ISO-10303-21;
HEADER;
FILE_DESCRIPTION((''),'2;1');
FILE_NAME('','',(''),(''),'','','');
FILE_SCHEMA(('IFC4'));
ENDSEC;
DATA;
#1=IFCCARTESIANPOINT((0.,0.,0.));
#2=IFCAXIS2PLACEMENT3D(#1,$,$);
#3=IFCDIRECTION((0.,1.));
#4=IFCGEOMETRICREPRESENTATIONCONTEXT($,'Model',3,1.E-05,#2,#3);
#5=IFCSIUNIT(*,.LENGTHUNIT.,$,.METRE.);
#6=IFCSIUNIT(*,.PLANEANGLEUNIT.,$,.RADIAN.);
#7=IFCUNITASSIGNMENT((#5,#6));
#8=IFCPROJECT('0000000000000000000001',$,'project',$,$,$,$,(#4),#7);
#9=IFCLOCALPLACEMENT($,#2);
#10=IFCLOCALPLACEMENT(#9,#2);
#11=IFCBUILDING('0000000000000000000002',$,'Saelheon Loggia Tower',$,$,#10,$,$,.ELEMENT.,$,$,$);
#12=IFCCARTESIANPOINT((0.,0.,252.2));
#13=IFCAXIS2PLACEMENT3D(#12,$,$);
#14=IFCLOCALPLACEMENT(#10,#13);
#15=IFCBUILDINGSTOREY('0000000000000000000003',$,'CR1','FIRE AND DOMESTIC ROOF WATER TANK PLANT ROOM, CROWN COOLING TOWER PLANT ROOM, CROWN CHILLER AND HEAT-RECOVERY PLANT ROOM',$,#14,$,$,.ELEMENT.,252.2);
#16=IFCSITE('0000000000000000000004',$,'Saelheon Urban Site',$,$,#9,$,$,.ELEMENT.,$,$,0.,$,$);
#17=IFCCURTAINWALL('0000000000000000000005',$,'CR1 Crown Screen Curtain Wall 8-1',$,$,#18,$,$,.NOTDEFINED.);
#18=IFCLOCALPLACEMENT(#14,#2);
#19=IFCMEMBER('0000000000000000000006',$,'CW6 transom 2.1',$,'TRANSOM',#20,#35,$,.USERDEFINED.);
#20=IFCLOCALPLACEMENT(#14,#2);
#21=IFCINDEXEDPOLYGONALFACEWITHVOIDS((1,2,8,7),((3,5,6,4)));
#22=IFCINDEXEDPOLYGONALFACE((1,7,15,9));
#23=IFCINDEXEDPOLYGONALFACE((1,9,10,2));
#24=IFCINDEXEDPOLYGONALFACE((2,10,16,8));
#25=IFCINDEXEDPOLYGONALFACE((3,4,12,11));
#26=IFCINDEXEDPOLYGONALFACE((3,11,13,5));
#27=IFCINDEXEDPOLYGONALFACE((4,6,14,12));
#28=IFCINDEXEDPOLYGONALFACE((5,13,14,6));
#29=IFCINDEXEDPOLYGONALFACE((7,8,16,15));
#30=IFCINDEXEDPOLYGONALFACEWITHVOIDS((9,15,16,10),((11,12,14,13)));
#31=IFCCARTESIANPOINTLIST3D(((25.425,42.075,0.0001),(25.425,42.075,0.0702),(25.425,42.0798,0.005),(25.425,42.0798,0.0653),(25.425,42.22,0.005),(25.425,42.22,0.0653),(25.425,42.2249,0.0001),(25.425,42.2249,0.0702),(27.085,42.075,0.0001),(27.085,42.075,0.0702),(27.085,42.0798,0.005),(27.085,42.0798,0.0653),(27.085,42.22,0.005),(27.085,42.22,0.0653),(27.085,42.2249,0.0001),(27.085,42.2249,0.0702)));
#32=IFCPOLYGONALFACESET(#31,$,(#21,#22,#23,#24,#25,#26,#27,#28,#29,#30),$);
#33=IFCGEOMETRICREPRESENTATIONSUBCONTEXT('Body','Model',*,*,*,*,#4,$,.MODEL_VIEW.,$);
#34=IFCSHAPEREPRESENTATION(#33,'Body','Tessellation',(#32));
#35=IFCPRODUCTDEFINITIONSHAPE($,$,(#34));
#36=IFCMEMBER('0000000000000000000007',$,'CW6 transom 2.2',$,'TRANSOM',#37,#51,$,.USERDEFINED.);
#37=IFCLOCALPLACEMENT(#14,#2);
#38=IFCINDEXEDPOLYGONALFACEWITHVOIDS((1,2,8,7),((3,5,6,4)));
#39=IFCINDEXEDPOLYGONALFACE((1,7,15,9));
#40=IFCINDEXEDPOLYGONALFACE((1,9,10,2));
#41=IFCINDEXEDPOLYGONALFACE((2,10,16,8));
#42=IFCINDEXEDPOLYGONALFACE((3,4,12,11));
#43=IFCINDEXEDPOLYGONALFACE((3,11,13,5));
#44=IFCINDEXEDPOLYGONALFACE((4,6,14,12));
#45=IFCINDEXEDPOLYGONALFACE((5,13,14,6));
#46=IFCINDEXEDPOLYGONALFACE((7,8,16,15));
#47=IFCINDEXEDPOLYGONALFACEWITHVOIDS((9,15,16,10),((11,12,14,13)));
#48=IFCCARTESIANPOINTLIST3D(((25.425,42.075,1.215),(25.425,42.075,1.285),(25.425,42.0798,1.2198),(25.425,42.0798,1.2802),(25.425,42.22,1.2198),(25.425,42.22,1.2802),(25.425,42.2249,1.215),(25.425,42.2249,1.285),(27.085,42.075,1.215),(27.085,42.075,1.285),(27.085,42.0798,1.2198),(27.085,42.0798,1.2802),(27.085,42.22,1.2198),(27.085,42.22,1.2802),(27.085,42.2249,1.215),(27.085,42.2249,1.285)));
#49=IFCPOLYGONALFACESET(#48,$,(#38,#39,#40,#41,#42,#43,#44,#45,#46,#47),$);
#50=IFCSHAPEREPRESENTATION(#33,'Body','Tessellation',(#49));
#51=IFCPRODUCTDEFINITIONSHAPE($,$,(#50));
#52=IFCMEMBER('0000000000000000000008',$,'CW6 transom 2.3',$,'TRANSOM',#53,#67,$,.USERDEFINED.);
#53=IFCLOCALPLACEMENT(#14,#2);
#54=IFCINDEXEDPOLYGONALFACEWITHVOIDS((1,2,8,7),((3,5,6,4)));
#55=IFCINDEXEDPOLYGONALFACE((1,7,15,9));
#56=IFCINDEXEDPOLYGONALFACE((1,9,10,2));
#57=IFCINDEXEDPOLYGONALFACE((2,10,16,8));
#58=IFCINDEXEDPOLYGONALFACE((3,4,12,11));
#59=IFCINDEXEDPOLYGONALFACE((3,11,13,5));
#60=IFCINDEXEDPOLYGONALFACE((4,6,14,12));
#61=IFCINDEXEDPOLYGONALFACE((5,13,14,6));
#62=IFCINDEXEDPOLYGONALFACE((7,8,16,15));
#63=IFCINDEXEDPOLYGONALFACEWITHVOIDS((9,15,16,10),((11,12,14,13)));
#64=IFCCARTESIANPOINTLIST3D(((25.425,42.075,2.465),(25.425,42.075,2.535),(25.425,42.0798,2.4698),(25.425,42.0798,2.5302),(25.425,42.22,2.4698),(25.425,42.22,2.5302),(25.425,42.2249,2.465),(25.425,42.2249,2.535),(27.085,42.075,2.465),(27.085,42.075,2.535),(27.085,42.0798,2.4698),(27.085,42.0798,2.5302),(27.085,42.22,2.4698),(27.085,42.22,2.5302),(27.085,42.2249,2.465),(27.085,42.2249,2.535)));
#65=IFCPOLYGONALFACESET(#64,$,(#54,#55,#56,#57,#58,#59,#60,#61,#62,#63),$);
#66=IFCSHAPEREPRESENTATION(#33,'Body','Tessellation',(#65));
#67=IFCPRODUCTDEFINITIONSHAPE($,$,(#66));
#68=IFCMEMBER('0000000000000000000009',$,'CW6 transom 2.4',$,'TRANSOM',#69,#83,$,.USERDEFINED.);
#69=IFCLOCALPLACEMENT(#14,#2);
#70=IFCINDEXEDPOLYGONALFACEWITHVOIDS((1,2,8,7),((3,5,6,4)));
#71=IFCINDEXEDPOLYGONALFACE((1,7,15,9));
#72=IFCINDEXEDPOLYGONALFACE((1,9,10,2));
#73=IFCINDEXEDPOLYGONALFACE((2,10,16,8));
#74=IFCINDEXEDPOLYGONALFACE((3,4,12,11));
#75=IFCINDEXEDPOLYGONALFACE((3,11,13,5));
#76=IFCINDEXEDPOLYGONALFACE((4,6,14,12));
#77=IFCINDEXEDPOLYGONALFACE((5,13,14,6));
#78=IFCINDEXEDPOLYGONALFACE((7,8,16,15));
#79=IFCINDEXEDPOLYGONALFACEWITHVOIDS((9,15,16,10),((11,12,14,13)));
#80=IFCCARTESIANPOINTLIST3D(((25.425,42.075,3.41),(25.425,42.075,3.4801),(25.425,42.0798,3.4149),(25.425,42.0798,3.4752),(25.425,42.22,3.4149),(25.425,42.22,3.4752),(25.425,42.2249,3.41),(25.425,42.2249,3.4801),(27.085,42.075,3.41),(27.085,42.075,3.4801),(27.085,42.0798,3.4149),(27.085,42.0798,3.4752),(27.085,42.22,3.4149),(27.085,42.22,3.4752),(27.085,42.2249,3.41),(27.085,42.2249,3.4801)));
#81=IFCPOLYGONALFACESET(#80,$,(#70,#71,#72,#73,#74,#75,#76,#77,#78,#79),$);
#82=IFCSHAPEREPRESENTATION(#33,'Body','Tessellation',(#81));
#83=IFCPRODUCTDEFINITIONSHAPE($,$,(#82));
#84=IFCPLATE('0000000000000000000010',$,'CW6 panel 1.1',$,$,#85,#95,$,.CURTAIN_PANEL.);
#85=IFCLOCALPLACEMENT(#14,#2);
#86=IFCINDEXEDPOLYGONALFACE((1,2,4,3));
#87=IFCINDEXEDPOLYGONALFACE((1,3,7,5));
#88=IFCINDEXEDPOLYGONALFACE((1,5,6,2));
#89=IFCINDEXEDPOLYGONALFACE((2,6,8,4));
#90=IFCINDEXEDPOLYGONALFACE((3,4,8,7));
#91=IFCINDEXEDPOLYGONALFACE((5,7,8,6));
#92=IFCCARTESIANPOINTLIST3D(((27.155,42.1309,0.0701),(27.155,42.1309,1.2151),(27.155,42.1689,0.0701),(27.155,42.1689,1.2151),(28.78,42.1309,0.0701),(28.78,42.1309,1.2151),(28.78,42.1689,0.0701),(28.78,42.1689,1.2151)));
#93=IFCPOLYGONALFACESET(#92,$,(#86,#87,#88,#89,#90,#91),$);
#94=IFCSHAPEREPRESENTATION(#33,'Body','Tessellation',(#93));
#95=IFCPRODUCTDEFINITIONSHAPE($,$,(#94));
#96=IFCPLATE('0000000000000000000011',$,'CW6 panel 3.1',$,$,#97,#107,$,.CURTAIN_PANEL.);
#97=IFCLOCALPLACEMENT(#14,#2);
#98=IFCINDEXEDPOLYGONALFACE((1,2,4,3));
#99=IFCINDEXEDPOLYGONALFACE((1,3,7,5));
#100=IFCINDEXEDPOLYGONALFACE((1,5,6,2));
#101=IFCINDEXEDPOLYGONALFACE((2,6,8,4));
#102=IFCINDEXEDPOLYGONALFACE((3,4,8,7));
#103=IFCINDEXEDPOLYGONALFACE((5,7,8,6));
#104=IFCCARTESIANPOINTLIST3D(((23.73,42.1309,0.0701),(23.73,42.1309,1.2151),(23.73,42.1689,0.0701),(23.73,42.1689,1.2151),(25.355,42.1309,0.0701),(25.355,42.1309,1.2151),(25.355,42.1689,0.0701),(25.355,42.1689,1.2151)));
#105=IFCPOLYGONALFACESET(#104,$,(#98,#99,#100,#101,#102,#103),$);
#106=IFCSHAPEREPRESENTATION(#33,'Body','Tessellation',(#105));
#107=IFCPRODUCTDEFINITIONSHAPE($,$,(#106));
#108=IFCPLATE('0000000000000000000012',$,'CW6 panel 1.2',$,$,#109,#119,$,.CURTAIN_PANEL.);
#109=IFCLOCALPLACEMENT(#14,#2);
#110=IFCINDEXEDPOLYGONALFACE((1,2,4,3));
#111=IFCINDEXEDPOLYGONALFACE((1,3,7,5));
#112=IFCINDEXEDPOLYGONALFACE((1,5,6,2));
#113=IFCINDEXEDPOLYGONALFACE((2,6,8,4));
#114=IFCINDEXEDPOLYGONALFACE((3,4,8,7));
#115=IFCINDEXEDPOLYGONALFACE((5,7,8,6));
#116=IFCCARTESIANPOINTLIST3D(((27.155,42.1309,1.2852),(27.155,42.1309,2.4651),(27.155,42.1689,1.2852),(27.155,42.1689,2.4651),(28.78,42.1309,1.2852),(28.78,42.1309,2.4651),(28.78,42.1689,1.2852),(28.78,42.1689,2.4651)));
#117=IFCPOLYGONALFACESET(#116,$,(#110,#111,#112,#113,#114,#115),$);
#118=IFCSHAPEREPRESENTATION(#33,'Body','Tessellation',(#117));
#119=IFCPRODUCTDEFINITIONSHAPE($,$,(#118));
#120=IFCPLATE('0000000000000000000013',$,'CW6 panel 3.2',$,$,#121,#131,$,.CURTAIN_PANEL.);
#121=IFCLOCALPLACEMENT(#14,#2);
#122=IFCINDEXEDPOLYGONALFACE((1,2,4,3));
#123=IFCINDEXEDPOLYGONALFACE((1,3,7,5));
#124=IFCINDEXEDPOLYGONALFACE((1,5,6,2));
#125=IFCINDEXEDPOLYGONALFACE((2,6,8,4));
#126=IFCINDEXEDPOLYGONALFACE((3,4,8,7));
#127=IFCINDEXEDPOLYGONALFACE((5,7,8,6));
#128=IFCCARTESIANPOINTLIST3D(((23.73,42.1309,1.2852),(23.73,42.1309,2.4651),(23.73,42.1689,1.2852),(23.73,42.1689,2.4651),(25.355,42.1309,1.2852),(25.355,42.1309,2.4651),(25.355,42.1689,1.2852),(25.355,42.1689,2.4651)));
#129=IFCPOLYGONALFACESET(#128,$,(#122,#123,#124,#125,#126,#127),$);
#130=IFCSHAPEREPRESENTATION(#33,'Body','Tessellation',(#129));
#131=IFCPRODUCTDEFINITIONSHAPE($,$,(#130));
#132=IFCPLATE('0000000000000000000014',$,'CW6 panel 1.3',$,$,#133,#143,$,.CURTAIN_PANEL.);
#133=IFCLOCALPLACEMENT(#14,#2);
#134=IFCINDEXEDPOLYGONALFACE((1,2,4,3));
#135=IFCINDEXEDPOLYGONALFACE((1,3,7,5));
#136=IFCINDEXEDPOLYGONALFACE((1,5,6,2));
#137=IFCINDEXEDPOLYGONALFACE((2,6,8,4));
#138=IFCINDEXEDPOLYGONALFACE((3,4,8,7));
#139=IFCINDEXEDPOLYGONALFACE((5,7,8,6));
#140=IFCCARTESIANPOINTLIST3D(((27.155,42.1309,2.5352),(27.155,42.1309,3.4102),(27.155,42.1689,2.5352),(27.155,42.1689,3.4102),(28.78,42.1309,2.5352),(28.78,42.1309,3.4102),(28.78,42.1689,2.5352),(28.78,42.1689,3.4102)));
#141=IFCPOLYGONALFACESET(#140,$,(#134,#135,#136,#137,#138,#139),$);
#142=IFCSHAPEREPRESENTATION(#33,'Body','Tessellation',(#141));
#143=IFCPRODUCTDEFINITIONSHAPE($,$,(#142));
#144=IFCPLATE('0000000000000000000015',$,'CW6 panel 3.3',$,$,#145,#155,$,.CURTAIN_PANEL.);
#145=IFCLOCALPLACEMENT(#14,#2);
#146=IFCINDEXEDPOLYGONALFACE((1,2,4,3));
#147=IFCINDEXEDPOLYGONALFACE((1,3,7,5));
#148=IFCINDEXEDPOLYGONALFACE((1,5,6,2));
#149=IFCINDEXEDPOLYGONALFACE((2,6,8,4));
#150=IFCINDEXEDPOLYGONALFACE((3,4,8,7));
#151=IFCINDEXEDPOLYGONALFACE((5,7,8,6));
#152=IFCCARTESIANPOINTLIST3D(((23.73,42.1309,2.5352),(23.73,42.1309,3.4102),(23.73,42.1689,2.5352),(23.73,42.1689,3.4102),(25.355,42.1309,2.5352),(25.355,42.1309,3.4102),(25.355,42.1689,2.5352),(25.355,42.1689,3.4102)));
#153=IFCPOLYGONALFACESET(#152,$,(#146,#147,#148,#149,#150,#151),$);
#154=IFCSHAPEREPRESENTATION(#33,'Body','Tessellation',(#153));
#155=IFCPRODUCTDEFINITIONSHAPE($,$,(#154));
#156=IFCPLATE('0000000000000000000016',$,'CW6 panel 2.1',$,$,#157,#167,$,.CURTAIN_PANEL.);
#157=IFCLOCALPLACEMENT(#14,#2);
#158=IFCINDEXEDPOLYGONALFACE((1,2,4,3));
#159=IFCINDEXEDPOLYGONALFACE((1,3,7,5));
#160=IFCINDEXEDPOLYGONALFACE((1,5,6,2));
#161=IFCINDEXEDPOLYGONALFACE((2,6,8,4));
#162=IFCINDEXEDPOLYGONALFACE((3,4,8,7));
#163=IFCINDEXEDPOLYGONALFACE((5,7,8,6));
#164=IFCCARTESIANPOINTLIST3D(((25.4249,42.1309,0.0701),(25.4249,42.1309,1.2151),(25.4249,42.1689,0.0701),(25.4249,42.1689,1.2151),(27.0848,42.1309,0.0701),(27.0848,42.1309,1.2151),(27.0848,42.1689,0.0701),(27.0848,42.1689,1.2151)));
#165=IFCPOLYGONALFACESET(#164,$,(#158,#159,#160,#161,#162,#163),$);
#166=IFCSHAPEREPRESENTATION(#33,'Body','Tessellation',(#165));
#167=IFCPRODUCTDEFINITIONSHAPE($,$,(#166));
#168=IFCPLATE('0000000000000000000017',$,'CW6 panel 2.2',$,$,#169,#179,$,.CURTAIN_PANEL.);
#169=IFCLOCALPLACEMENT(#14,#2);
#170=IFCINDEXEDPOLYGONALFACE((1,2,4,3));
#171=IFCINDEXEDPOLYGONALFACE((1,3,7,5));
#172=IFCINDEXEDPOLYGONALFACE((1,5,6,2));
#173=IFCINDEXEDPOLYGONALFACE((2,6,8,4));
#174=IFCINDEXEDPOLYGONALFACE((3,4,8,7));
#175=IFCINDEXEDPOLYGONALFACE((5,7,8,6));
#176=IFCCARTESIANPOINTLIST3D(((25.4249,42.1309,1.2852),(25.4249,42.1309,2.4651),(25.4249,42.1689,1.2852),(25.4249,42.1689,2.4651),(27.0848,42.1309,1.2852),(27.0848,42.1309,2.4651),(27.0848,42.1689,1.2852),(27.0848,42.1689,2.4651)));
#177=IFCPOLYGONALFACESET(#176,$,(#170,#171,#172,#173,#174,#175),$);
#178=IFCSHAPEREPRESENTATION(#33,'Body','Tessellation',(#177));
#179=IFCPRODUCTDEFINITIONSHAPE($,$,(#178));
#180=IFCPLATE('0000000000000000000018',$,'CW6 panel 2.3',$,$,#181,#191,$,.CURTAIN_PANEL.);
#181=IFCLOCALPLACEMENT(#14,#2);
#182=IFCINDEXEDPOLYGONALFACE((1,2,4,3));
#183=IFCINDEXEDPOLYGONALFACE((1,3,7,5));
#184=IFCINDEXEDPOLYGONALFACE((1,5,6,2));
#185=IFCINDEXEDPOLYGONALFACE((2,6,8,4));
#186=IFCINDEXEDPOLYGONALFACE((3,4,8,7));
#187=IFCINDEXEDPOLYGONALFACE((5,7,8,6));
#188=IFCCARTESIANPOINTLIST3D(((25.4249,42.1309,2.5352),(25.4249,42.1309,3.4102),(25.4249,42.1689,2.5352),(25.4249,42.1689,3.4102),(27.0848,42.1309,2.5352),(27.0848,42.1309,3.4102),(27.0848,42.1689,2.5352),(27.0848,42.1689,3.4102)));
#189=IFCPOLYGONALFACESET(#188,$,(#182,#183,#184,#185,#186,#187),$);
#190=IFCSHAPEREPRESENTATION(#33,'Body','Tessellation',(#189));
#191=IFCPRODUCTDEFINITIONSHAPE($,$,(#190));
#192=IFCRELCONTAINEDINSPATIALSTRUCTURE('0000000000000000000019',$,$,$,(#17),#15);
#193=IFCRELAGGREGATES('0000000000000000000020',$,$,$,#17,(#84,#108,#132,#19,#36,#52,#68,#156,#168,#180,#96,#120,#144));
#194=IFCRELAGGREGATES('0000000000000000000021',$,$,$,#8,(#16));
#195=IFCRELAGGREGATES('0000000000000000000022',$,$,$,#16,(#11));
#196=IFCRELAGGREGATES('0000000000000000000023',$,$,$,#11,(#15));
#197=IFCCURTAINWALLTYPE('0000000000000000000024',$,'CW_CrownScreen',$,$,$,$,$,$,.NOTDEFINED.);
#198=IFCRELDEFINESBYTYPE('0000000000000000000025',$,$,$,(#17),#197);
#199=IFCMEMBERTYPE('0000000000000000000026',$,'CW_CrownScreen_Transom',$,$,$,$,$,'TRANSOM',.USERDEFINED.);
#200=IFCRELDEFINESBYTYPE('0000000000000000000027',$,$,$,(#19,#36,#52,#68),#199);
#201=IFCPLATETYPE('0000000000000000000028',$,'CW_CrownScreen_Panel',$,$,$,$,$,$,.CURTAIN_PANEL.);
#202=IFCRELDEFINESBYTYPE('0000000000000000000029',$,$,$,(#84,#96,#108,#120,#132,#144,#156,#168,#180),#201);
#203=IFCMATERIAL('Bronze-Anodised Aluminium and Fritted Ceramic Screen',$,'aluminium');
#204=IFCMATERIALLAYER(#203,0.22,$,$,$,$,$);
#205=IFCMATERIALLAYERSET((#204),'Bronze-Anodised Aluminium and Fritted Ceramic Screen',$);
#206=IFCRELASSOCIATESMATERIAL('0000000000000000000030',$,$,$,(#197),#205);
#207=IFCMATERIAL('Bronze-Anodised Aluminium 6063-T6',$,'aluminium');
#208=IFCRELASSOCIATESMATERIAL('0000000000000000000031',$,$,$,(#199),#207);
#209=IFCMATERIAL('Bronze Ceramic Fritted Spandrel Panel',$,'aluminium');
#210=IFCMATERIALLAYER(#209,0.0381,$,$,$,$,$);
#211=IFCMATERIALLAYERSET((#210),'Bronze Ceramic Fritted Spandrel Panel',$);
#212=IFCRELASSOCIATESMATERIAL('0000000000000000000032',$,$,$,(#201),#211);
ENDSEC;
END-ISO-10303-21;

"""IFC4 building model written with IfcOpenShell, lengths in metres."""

from ifc_helpers import new_model, si_unit, direction, frame, origin, origin_2d, place, context, subcontext, project, spatial, rectangle, hollow_rectangle, extrude, source, transform, mapped, material, layer, layer_set, material_profile, profile_set, type_object, element, aggregate, save


model = new_model("IFC4")

# Units and contexts
model_context = context("Model", 3, precision=1e-05, world=origin(), true_north=direction((0.0, 1.0)))
body_context = subcontext(model_context, "Body", "Model", "MODEL_VIEW")
ifc_project = project(units=[si_unit("LENGTHUNIT", "METRE"), si_unit("PLANEANGLEUNIT", "RADIAN")], contexts=[model_context])

# Site, building, storey
site_placement = place(None, origin())
site = spatial("IfcSite", under=ifc_project, at=site_placement, Name="Saelheon Urban Site", CompositionType="ELEMENT", RefElevation=0.0)
building_placement = place(site_placement, origin())
building = spatial("IfcBuilding", under=site, at=building_placement, Name="Saelheon Loggia Tower", CompositionType="ELEMENT")
storey_placement = place(building_placement, frame((0.0, 0.0, 252.2)))
storey = spatial("IfcBuildingStorey", under=building, at=storey_placement, Name="CR1", Description="FIRE AND DOMESTIC ROOF WATER TANK PLANT ROOM, CROWN COOLING TOWER PLANT ROOM, CROWN CHILLER AND HEAT-RECOVERY PLANT ROOM", CompositionType="ELEMENT", Elevation=252.2)

# Curtain wall, members, plates
ifc_material_1 = material(Name="Bronze-Anodised Aluminium and Fritted Ceramic Screen", Category="aluminium")
ifc_layer_1 = layer(ifc_material_1, 0.22)
ifc_layer_set_1 = layer_set([ifc_layer_1], Name="Bronze-Anodised Aluminium and Fritted Ceramic Screen")
curtain_wall_type = type_object("IfcCurtainWallType", Name="CW_CrownScreen", PredefinedType="NOTDEFINED", material=ifc_layer_set_1)
curtain_wall_placement = place(storey_placement, origin())
curtain_wall = element("IfcCurtainWall", 1, at=curtain_wall_placement, inside=storey, type_object=curtain_wall_type, Name="CR1 Crown Screen Curtain Wall 8-1", PredefinedType="NOTDEFINED")
ifc_material_2 = material(Name="Bronze-Anodised Aluminium 6063-T6", Category="aluminium")
ifc_material_profile_1 = material_profile(ifc_material_2, hollow_rectangle(XDim=0.0701, YDim=0.1499, WallThickness=0.0049, at=origin_2d()), Name="RHS-150x70x5")
ifc_profile_set_1 = profile_set([ifc_material_profile_1], Name="Bronze-Anodised Aluminium 6063-T6")
member_type_1 = type_object("IfcMemberType", Name="CW_CrownScreen_Transom", ElementType="TRANSOM", PredefinedType="USERDEFINED", material=ifc_profile_set_1)
shared_shape_1 = source(origin(), body_context, "Body", "SweptSolid", [
    extrude(hollow_rectangle(XDim=0.0701, YDim=0.1499, WallThickness=0.0049, at=origin_2d()), origin(), (0.0, 0.0, 1.0), 1.6599),
])
member_1_placement = place(storey_placement, frame((27.085, 42.1499, 0.0352), z_axis=(-1.0, 0.0, 0.0), x_axis=(0.0, 0.0, 1.0)))
member_1 = element("IfcMember", 2, at=member_1_placement, type_object=member_type_1, Name="CW6 transom 2.1", ObjectType="TRANSOM", PredefinedType="USERDEFINED", context=body_context, shape_type="MappedRepresentation", body=[
    mapped(shared_shape_1, transform((0.0, 0.0, 0.0), scale=1.0)),
])
member_2_placement = place(storey_placement, frame((27.085, 42.1499, 1.25), z_axis=(-1.0, 0.0, 0.0), x_axis=(0.0, 0.0, 1.0)))
member_2 = element("IfcMember", 3, at=member_2_placement, type_object=member_type_1, Name="CW6 transom 2.2", ObjectType="TRANSOM", PredefinedType="USERDEFINED", context=body_context, shape_type="MappedRepresentation", body=[
    mapped(shared_shape_1, transform((0.0, 0.0, 0.0), scale=1.0)),
])
member_3_placement = place(storey_placement, frame((27.085, 42.1499, 2.5), z_axis=(-1.0, 0.0, 0.0), x_axis=(0.0, 0.0, 1.0)))
member_3 = element("IfcMember", 4, at=member_3_placement, type_object=member_type_1, Name="CW6 transom 2.3", ObjectType="TRANSOM", PredefinedType="USERDEFINED", context=body_context, shape_type="MappedRepresentation", body=[
    mapped(shared_shape_1, transform((0.0, 0.0, 0.0), scale=1.0)),
])
member_4_placement = place(storey_placement, frame((27.085, 42.1499, 3.4451), z_axis=(-1.0, 0.0, 0.0), x_axis=(0.0, 0.0, 1.0)))
member_4 = element("IfcMember", 5, at=member_4_placement, type_object=member_type_1, Name="CW6 transom 2.4", ObjectType="TRANSOM", PredefinedType="USERDEFINED", context=body_context, shape_type="MappedRepresentation", body=[
    mapped(shared_shape_1, transform((0.0, 0.0, 0.0), scale=1.0)),
])
ifc_material_3 = material(Name="Bronze Ceramic Fritted Spandrel Panel", Category="aluminium")
ifc_layer_2 = layer(ifc_material_3, 0.0381)
ifc_layer_set_2 = layer_set([ifc_layer_2], Name="Bronze Ceramic Fritted Spandrel Panel")
plate_type = type_object("IfcPlateType", Name="CW_CrownScreen_Panel", PredefinedType="CURTAIN_PANEL", material=ifc_layer_set_2)
shared_shape_2 = source(origin(), body_context, "Body", "SweptSolid", [
    extrude(rectangle(XDim=1.625, YDim=0.0381, at=origin_2d()), origin(), (0.0, 0.0, 1.0), 1.145),
])
plate_1_placement = place(storey_placement, frame((27.9675, 42.1499, 0.0701), z_axis=(0.0, 0.0, 1.0), x_axis=(-1.0, 0.0, 0.0)))
plate_1 = element("IfcPlate", 6, at=plate_1_placement, type_object=plate_type, Name="CW6 panel 1.1", PredefinedType="CURTAIN_PANEL", context=body_context, shape_type="MappedRepresentation", body=[
    mapped(shared_shape_2, transform((0.0, 0.0, 0.0), scale=1.0)),
])
plate_2_placement = place(storey_placement, frame((24.5425, 42.1499, 0.0701), z_axis=(0.0, 0.0, 1.0), x_axis=(-1.0, 0.0, 0.0)))
plate_2 = element("IfcPlate", 7, at=plate_2_placement, type_object=plate_type, Name="CW6 panel 3.1", PredefinedType="CURTAIN_PANEL", context=body_context, shape_type="MappedRepresentation", body=[
    mapped(shared_shape_2, transform((0.0, 0.0, 0.0), scale=1.0)),
])
shared_shape_3 = source(origin(), body_context, "Body", "SweptSolid", [
    extrude(rectangle(XDim=1.625, YDim=0.0381, at=origin_2d()), origin(), (0.0, 0.0, 1.0), 1.1799),
])
plate_3_placement = place(storey_placement, frame((27.9675, 42.1499, 1.2852), z_axis=(0.0, 0.0, 1.0), x_axis=(-1.0, 0.0, 0.0)))
plate_3 = element("IfcPlate", 8, at=plate_3_placement, type_object=plate_type, Name="CW6 panel 1.2", PredefinedType="CURTAIN_PANEL", context=body_context, shape_type="MappedRepresentation", body=[
    mapped(shared_shape_3, transform((0.0, 0.0, 0.0), scale=1.0)),
])
plate_4_placement = place(storey_placement, frame((24.5425, 42.1499, 1.2852), z_axis=(0.0, 0.0, 1.0), x_axis=(-1.0, 0.0, 0.0)))
plate_4 = element("IfcPlate", 9, at=plate_4_placement, type_object=plate_type, Name="CW6 panel 3.2", PredefinedType="CURTAIN_PANEL", context=body_context, shape_type="MappedRepresentation", body=[
    mapped(shared_shape_3, transform((0.0, 0.0, 0.0), scale=1.0)),
])
shared_shape_4 = source(origin(), body_context, "Body", "SweptSolid", [
    extrude(rectangle(XDim=1.625, YDim=0.0381, at=origin_2d()), origin(), (0.0, 0.0, 1.0), 0.875),
])
plate_5_placement = place(storey_placement, frame((27.9675, 42.1499, 2.5352), z_axis=(0.0, 0.0, 1.0), x_axis=(-1.0, 0.0, 0.0)))
plate_5 = element("IfcPlate", 10, at=plate_5_placement, type_object=plate_type, Name="CW6 panel 1.3", PredefinedType="CURTAIN_PANEL", context=body_context, shape_type="MappedRepresentation", body=[
    mapped(shared_shape_4, transform((0.0, 0.0, 0.0), scale=1.0)),
])
plate_6_placement = place(storey_placement, frame((24.5425, 42.1499, 2.5352), z_axis=(0.0, 0.0, 1.0), x_axis=(-1.0, 0.0, 0.0)))
plate_6 = element("IfcPlate", 11, at=plate_6_placement, type_object=plate_type, Name="CW6 panel 3.3", PredefinedType="CURTAIN_PANEL", context=body_context, shape_type="MappedRepresentation", body=[
    mapped(shared_shape_4, transform((0.0, 0.0, 0.0), scale=1.0)),
])
shared_shape_5 = source(origin(), body_context, "Body", "SweptSolid", [
    extrude(rectangle(XDim=1.6599, YDim=0.0381, at=origin_2d()), origin(), (0.0, 0.0, 1.0), 1.145),
])
plate_7_placement = place(storey_placement, frame((26.2549, 42.1499, 0.0701), z_axis=(0.0, 0.0, 1.0), x_axis=(-1.0, 0.0, 0.0)))
plate_7 = element("IfcPlate", 12, at=plate_7_placement, type_object=plate_type, Name="CW6 panel 2.1", PredefinedType="CURTAIN_PANEL", context=body_context, shape_type="MappedRepresentation", body=[
    mapped(shared_shape_5, transform((0.0, 0.0, 0.0), scale=1.0)),
])
shared_shape_6 = source(origin(), body_context, "Body", "SweptSolid", [
    extrude(rectangle(XDim=1.6599, YDim=0.0381, at=origin_2d()), origin(), (0.0, 0.0, 1.0), 1.1799),
])
plate_8_placement = place(storey_placement, frame((26.2549, 42.1499, 1.2852), z_axis=(0.0, 0.0, 1.0), x_axis=(-1.0, 0.0, 0.0)))
plate_8 = element("IfcPlate", 13, at=plate_8_placement, type_object=plate_type, Name="CW6 panel 2.2", PredefinedType="CURTAIN_PANEL", context=body_context, shape_type="MappedRepresentation", body=[
    mapped(shared_shape_6, transform((0.0, 0.0, 0.0), scale=1.0)),
])
shared_shape_7 = source(origin(), body_context, "Body", "SweptSolid", [
    extrude(rectangle(XDim=1.6599, YDim=0.0381, at=origin_2d()), origin(), (0.0, 0.0, 1.0), 0.875),
])
plate_9_placement = place(storey_placement, frame((26.2549, 42.1499, 2.5352), z_axis=(0.0, 0.0, 1.0), x_axis=(-1.0, 0.0, 0.0)))
plate_9 = element("IfcPlate", 14, at=plate_9_placement, type_object=plate_type, Name="CW6 panel 2.3", PredefinedType="CURTAIN_PANEL", context=body_context, shape_type="MappedRepresentation", body=[
    mapped(shared_shape_7, transform((0.0, 0.0, 0.0), scale=1.0)),
])
aggregate(curtain_wall, [plate_1, plate_3, plate_5, member_1, member_2, member_3, member_4, plate_7, plate_8, plate_9, plate_2, plate_4, plate_6])

save(model, "model.ifc")
